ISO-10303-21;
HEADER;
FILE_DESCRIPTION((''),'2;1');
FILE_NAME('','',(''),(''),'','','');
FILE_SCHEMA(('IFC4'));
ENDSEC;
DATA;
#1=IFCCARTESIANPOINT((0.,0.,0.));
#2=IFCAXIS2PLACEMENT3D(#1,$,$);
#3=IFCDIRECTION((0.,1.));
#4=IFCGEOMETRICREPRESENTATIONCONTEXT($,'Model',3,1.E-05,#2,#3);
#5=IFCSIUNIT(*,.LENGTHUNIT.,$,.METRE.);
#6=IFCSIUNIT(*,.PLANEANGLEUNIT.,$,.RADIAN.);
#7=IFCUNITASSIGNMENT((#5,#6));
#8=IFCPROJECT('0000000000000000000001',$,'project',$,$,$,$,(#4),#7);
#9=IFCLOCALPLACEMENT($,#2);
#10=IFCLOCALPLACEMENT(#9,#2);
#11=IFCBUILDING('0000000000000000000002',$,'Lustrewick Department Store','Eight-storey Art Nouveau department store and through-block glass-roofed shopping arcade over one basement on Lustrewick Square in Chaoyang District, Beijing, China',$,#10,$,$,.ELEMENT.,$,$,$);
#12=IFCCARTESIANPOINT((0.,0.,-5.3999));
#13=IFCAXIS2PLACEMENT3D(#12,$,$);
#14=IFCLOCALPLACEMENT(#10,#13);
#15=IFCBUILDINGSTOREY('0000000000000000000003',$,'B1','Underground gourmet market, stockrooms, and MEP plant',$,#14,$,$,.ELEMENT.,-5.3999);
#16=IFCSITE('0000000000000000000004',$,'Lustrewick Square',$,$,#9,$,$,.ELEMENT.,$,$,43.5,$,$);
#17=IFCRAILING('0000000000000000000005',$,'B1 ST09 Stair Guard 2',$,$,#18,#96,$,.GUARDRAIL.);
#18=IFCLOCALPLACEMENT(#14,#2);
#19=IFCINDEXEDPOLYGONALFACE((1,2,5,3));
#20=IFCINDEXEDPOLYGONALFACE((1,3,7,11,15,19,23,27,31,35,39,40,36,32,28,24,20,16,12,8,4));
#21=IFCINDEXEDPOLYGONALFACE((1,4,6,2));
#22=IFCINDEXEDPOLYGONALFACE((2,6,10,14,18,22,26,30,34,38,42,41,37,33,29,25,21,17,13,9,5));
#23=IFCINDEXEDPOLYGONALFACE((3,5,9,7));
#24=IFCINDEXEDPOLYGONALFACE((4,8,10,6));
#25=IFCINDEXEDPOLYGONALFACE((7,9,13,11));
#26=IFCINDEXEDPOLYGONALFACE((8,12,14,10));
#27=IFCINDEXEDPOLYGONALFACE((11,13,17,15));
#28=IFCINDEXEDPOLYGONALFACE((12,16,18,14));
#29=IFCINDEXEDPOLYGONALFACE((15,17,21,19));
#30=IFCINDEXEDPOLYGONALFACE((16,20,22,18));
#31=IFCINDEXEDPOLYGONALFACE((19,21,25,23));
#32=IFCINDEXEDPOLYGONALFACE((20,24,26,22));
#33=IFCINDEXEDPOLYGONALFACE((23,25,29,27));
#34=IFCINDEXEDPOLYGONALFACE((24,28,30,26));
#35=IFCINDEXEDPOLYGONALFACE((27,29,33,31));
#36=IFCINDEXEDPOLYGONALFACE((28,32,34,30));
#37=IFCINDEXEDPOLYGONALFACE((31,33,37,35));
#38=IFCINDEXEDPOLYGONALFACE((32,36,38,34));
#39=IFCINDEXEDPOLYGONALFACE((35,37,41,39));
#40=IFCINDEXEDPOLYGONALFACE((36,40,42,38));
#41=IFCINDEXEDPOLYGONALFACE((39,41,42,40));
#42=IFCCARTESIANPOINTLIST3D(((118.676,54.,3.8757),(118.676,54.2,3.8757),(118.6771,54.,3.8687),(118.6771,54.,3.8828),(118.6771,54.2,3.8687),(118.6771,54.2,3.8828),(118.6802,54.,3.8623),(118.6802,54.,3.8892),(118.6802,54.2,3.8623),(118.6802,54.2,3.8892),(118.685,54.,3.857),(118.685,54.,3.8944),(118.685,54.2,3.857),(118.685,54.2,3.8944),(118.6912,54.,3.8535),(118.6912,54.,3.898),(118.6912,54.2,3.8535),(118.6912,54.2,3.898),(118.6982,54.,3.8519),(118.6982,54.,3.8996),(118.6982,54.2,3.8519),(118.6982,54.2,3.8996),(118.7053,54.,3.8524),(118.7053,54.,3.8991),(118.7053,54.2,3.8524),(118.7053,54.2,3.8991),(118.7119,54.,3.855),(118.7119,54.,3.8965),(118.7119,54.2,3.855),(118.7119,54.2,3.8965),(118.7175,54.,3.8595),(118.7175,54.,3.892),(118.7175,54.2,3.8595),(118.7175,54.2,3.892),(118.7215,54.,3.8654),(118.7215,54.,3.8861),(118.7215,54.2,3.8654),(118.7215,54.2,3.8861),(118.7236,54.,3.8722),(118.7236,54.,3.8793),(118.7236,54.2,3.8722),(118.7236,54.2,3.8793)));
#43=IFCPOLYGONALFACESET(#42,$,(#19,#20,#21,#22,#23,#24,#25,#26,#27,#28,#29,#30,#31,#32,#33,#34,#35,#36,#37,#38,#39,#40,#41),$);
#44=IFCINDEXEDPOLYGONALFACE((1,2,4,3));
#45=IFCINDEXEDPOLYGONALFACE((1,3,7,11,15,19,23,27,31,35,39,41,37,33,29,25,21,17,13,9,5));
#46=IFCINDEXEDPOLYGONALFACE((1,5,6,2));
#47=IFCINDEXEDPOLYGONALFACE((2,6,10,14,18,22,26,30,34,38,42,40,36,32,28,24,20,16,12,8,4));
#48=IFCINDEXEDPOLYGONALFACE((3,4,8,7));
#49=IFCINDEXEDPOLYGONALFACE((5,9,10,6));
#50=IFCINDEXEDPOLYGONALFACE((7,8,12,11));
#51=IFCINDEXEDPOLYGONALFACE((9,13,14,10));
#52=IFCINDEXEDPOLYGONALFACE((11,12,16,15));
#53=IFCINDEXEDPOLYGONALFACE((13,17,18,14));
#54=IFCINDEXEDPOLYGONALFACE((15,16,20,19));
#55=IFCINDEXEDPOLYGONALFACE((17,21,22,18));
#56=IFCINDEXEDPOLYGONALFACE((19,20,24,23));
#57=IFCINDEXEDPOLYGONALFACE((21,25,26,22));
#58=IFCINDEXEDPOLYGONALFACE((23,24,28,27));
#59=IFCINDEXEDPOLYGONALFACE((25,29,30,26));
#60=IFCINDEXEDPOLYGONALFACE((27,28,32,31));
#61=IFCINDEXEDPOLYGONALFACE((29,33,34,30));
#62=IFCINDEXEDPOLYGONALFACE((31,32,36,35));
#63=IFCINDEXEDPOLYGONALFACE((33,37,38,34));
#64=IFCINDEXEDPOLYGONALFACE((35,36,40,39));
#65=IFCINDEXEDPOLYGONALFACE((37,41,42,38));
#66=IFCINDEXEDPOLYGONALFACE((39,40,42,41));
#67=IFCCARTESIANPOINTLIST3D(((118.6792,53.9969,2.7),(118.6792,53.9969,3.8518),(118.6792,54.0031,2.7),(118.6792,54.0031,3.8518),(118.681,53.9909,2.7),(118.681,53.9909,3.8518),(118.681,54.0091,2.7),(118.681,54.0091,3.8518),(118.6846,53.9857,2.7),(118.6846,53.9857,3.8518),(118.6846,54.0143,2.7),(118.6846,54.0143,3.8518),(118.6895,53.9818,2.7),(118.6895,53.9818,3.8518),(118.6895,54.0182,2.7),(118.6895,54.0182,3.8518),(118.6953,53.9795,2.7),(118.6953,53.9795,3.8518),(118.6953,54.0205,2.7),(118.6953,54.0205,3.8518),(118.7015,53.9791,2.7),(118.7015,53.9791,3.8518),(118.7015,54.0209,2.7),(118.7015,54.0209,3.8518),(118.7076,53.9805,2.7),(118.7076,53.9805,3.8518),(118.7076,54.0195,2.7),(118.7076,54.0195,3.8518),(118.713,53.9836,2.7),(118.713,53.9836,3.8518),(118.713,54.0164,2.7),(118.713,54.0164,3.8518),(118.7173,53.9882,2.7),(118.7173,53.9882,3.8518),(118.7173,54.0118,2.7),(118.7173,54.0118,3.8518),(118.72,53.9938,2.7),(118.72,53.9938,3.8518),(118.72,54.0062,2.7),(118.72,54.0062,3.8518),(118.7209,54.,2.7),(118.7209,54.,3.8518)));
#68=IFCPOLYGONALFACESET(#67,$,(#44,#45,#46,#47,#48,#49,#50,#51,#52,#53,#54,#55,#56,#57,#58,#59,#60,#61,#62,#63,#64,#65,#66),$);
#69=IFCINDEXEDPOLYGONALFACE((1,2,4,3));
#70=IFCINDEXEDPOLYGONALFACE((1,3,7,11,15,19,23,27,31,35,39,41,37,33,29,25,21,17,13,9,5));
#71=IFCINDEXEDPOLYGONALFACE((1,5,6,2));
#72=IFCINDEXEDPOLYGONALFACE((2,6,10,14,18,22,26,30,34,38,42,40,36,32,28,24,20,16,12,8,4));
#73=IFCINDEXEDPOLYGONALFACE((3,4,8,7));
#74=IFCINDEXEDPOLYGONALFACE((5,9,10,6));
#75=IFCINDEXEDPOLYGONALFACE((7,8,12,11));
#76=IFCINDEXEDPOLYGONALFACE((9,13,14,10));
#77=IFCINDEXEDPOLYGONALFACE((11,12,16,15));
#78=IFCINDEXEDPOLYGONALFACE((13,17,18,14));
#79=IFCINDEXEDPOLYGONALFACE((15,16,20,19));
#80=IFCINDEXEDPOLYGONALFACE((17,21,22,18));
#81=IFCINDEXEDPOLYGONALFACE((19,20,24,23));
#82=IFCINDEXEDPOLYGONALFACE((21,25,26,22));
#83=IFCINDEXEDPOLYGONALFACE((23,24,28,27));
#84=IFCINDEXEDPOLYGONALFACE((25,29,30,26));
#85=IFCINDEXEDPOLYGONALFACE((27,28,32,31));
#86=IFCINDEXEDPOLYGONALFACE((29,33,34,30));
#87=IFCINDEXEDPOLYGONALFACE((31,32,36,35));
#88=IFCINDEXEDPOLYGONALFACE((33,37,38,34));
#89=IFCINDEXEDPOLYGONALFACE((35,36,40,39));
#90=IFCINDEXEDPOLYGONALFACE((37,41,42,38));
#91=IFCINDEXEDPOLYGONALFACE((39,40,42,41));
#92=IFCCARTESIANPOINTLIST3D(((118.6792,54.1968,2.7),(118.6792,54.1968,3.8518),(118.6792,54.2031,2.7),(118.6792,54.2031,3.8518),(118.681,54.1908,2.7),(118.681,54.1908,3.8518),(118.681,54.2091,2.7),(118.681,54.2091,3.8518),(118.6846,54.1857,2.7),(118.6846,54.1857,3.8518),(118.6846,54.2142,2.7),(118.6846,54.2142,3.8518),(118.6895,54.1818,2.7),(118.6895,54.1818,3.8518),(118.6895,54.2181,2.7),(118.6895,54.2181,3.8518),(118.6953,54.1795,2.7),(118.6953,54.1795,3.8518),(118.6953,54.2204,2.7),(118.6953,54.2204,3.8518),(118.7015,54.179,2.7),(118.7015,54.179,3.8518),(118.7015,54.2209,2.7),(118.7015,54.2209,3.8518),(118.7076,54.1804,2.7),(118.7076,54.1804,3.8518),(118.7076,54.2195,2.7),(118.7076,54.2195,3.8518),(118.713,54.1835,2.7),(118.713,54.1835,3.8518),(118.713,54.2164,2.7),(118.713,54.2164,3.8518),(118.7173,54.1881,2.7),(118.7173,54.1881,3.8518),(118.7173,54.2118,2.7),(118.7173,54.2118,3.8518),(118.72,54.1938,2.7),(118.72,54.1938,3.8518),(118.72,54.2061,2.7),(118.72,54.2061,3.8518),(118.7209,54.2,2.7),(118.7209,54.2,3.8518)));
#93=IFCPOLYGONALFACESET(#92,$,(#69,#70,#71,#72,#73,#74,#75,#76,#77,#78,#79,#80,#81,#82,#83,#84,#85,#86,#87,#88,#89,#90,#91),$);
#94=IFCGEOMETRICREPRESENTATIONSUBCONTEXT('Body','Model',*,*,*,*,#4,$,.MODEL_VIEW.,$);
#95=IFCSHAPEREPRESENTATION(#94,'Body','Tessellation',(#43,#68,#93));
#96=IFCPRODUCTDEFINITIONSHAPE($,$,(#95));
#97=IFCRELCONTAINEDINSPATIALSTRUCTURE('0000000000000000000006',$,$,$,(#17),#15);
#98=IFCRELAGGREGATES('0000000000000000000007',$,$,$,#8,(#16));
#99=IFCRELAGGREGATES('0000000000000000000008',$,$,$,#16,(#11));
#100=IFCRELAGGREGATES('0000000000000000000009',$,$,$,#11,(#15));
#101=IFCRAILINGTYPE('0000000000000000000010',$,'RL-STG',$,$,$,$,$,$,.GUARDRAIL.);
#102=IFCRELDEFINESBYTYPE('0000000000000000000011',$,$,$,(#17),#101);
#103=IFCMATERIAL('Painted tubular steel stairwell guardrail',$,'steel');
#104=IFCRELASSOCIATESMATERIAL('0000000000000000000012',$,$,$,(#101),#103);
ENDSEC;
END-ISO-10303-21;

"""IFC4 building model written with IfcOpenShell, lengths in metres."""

from ifc_helpers import new_model, si_unit, direction, frame, origin, origin_2d, place, context, subcontext, project, spatial, circle, extrude, material, type_object, element, save


model = new_model("IFC4")

# Units and contexts
model_context = context("Model", 3, precision=1e-05, world=origin(), true_north=direction((0.0, 1.0)))
body_context = subcontext(model_context, "Body", "Model", "MODEL_VIEW")
ifc_project = project(units=[si_unit("LENGTHUNIT", "METRE"), si_unit("PLANEANGLEUNIT", "RADIAN")], contexts=[model_context])

# Site, building, storey
site_placement = place(None, origin())
site = spatial("IfcSite", under=ifc_project, at=site_placement, Name="Lustrewick Square", CompositionType="ELEMENT", RefElevation=43.5)
building_placement = place(site_placement, origin())
building = spatial("IfcBuilding", under=site, at=building_placement, Name="Lustrewick Department Store", Description="Eight-storey Art Nouveau department store and through-block glass-roofed shopping arcade over one basement on Lustrewick Square in Chaoyang District, Beijing, China", CompositionType="ELEMENT")
storey_placement = place(building_placement, frame((0.0, 0.0, -5.3999)))
storey = spatial("IfcBuildingStorey", under=building, at=storey_placement, Name="B1", Description="Underground gourmet market, stockrooms, and MEP plant", CompositionType="ELEMENT", Elevation=-5.3999)

# Railing
ifc_material_1 = material(Name="Painted tubular steel stairwell guardrail", Category="steel")
railing_type_1 = type_object("IfcRailingType", Name="RL-STG", PredefinedType="GUARDRAIL", material=ifc_material_1)
railing_1_placement = place(storey_placement, frame((118.7, 54.0, 2.7)))
element("IfcRailing", 1, at=railing_1_placement, inside=storey, type_object=railing_type_1, Name="B1 ST09 Stair Guard 2", PredefinedType="GUARDRAIL", context=body_context, shape_type="SweptSolid", body=[
    extrude(circle(Radius=0.0239, at=origin_2d()), frame((0.0, 0.0, 1.1758), z_axis=(0.0, 1.0, 0.0), x_axis=(-1.0, 0.0, 0.0)), (0.0, 0.0, 1.0), 0.2),
    extrude(circle(Radius=0.021, at=origin_2d()), origin(), (0.0, 0.0, 1.0), 1.1519),
    extrude(circle(Radius=0.021, at=origin_2d()), frame((0.0, 0.2, 0.0)), (0.0, 0.0, 1.0), 1.1519),
])

save(model, "model.ifc")
